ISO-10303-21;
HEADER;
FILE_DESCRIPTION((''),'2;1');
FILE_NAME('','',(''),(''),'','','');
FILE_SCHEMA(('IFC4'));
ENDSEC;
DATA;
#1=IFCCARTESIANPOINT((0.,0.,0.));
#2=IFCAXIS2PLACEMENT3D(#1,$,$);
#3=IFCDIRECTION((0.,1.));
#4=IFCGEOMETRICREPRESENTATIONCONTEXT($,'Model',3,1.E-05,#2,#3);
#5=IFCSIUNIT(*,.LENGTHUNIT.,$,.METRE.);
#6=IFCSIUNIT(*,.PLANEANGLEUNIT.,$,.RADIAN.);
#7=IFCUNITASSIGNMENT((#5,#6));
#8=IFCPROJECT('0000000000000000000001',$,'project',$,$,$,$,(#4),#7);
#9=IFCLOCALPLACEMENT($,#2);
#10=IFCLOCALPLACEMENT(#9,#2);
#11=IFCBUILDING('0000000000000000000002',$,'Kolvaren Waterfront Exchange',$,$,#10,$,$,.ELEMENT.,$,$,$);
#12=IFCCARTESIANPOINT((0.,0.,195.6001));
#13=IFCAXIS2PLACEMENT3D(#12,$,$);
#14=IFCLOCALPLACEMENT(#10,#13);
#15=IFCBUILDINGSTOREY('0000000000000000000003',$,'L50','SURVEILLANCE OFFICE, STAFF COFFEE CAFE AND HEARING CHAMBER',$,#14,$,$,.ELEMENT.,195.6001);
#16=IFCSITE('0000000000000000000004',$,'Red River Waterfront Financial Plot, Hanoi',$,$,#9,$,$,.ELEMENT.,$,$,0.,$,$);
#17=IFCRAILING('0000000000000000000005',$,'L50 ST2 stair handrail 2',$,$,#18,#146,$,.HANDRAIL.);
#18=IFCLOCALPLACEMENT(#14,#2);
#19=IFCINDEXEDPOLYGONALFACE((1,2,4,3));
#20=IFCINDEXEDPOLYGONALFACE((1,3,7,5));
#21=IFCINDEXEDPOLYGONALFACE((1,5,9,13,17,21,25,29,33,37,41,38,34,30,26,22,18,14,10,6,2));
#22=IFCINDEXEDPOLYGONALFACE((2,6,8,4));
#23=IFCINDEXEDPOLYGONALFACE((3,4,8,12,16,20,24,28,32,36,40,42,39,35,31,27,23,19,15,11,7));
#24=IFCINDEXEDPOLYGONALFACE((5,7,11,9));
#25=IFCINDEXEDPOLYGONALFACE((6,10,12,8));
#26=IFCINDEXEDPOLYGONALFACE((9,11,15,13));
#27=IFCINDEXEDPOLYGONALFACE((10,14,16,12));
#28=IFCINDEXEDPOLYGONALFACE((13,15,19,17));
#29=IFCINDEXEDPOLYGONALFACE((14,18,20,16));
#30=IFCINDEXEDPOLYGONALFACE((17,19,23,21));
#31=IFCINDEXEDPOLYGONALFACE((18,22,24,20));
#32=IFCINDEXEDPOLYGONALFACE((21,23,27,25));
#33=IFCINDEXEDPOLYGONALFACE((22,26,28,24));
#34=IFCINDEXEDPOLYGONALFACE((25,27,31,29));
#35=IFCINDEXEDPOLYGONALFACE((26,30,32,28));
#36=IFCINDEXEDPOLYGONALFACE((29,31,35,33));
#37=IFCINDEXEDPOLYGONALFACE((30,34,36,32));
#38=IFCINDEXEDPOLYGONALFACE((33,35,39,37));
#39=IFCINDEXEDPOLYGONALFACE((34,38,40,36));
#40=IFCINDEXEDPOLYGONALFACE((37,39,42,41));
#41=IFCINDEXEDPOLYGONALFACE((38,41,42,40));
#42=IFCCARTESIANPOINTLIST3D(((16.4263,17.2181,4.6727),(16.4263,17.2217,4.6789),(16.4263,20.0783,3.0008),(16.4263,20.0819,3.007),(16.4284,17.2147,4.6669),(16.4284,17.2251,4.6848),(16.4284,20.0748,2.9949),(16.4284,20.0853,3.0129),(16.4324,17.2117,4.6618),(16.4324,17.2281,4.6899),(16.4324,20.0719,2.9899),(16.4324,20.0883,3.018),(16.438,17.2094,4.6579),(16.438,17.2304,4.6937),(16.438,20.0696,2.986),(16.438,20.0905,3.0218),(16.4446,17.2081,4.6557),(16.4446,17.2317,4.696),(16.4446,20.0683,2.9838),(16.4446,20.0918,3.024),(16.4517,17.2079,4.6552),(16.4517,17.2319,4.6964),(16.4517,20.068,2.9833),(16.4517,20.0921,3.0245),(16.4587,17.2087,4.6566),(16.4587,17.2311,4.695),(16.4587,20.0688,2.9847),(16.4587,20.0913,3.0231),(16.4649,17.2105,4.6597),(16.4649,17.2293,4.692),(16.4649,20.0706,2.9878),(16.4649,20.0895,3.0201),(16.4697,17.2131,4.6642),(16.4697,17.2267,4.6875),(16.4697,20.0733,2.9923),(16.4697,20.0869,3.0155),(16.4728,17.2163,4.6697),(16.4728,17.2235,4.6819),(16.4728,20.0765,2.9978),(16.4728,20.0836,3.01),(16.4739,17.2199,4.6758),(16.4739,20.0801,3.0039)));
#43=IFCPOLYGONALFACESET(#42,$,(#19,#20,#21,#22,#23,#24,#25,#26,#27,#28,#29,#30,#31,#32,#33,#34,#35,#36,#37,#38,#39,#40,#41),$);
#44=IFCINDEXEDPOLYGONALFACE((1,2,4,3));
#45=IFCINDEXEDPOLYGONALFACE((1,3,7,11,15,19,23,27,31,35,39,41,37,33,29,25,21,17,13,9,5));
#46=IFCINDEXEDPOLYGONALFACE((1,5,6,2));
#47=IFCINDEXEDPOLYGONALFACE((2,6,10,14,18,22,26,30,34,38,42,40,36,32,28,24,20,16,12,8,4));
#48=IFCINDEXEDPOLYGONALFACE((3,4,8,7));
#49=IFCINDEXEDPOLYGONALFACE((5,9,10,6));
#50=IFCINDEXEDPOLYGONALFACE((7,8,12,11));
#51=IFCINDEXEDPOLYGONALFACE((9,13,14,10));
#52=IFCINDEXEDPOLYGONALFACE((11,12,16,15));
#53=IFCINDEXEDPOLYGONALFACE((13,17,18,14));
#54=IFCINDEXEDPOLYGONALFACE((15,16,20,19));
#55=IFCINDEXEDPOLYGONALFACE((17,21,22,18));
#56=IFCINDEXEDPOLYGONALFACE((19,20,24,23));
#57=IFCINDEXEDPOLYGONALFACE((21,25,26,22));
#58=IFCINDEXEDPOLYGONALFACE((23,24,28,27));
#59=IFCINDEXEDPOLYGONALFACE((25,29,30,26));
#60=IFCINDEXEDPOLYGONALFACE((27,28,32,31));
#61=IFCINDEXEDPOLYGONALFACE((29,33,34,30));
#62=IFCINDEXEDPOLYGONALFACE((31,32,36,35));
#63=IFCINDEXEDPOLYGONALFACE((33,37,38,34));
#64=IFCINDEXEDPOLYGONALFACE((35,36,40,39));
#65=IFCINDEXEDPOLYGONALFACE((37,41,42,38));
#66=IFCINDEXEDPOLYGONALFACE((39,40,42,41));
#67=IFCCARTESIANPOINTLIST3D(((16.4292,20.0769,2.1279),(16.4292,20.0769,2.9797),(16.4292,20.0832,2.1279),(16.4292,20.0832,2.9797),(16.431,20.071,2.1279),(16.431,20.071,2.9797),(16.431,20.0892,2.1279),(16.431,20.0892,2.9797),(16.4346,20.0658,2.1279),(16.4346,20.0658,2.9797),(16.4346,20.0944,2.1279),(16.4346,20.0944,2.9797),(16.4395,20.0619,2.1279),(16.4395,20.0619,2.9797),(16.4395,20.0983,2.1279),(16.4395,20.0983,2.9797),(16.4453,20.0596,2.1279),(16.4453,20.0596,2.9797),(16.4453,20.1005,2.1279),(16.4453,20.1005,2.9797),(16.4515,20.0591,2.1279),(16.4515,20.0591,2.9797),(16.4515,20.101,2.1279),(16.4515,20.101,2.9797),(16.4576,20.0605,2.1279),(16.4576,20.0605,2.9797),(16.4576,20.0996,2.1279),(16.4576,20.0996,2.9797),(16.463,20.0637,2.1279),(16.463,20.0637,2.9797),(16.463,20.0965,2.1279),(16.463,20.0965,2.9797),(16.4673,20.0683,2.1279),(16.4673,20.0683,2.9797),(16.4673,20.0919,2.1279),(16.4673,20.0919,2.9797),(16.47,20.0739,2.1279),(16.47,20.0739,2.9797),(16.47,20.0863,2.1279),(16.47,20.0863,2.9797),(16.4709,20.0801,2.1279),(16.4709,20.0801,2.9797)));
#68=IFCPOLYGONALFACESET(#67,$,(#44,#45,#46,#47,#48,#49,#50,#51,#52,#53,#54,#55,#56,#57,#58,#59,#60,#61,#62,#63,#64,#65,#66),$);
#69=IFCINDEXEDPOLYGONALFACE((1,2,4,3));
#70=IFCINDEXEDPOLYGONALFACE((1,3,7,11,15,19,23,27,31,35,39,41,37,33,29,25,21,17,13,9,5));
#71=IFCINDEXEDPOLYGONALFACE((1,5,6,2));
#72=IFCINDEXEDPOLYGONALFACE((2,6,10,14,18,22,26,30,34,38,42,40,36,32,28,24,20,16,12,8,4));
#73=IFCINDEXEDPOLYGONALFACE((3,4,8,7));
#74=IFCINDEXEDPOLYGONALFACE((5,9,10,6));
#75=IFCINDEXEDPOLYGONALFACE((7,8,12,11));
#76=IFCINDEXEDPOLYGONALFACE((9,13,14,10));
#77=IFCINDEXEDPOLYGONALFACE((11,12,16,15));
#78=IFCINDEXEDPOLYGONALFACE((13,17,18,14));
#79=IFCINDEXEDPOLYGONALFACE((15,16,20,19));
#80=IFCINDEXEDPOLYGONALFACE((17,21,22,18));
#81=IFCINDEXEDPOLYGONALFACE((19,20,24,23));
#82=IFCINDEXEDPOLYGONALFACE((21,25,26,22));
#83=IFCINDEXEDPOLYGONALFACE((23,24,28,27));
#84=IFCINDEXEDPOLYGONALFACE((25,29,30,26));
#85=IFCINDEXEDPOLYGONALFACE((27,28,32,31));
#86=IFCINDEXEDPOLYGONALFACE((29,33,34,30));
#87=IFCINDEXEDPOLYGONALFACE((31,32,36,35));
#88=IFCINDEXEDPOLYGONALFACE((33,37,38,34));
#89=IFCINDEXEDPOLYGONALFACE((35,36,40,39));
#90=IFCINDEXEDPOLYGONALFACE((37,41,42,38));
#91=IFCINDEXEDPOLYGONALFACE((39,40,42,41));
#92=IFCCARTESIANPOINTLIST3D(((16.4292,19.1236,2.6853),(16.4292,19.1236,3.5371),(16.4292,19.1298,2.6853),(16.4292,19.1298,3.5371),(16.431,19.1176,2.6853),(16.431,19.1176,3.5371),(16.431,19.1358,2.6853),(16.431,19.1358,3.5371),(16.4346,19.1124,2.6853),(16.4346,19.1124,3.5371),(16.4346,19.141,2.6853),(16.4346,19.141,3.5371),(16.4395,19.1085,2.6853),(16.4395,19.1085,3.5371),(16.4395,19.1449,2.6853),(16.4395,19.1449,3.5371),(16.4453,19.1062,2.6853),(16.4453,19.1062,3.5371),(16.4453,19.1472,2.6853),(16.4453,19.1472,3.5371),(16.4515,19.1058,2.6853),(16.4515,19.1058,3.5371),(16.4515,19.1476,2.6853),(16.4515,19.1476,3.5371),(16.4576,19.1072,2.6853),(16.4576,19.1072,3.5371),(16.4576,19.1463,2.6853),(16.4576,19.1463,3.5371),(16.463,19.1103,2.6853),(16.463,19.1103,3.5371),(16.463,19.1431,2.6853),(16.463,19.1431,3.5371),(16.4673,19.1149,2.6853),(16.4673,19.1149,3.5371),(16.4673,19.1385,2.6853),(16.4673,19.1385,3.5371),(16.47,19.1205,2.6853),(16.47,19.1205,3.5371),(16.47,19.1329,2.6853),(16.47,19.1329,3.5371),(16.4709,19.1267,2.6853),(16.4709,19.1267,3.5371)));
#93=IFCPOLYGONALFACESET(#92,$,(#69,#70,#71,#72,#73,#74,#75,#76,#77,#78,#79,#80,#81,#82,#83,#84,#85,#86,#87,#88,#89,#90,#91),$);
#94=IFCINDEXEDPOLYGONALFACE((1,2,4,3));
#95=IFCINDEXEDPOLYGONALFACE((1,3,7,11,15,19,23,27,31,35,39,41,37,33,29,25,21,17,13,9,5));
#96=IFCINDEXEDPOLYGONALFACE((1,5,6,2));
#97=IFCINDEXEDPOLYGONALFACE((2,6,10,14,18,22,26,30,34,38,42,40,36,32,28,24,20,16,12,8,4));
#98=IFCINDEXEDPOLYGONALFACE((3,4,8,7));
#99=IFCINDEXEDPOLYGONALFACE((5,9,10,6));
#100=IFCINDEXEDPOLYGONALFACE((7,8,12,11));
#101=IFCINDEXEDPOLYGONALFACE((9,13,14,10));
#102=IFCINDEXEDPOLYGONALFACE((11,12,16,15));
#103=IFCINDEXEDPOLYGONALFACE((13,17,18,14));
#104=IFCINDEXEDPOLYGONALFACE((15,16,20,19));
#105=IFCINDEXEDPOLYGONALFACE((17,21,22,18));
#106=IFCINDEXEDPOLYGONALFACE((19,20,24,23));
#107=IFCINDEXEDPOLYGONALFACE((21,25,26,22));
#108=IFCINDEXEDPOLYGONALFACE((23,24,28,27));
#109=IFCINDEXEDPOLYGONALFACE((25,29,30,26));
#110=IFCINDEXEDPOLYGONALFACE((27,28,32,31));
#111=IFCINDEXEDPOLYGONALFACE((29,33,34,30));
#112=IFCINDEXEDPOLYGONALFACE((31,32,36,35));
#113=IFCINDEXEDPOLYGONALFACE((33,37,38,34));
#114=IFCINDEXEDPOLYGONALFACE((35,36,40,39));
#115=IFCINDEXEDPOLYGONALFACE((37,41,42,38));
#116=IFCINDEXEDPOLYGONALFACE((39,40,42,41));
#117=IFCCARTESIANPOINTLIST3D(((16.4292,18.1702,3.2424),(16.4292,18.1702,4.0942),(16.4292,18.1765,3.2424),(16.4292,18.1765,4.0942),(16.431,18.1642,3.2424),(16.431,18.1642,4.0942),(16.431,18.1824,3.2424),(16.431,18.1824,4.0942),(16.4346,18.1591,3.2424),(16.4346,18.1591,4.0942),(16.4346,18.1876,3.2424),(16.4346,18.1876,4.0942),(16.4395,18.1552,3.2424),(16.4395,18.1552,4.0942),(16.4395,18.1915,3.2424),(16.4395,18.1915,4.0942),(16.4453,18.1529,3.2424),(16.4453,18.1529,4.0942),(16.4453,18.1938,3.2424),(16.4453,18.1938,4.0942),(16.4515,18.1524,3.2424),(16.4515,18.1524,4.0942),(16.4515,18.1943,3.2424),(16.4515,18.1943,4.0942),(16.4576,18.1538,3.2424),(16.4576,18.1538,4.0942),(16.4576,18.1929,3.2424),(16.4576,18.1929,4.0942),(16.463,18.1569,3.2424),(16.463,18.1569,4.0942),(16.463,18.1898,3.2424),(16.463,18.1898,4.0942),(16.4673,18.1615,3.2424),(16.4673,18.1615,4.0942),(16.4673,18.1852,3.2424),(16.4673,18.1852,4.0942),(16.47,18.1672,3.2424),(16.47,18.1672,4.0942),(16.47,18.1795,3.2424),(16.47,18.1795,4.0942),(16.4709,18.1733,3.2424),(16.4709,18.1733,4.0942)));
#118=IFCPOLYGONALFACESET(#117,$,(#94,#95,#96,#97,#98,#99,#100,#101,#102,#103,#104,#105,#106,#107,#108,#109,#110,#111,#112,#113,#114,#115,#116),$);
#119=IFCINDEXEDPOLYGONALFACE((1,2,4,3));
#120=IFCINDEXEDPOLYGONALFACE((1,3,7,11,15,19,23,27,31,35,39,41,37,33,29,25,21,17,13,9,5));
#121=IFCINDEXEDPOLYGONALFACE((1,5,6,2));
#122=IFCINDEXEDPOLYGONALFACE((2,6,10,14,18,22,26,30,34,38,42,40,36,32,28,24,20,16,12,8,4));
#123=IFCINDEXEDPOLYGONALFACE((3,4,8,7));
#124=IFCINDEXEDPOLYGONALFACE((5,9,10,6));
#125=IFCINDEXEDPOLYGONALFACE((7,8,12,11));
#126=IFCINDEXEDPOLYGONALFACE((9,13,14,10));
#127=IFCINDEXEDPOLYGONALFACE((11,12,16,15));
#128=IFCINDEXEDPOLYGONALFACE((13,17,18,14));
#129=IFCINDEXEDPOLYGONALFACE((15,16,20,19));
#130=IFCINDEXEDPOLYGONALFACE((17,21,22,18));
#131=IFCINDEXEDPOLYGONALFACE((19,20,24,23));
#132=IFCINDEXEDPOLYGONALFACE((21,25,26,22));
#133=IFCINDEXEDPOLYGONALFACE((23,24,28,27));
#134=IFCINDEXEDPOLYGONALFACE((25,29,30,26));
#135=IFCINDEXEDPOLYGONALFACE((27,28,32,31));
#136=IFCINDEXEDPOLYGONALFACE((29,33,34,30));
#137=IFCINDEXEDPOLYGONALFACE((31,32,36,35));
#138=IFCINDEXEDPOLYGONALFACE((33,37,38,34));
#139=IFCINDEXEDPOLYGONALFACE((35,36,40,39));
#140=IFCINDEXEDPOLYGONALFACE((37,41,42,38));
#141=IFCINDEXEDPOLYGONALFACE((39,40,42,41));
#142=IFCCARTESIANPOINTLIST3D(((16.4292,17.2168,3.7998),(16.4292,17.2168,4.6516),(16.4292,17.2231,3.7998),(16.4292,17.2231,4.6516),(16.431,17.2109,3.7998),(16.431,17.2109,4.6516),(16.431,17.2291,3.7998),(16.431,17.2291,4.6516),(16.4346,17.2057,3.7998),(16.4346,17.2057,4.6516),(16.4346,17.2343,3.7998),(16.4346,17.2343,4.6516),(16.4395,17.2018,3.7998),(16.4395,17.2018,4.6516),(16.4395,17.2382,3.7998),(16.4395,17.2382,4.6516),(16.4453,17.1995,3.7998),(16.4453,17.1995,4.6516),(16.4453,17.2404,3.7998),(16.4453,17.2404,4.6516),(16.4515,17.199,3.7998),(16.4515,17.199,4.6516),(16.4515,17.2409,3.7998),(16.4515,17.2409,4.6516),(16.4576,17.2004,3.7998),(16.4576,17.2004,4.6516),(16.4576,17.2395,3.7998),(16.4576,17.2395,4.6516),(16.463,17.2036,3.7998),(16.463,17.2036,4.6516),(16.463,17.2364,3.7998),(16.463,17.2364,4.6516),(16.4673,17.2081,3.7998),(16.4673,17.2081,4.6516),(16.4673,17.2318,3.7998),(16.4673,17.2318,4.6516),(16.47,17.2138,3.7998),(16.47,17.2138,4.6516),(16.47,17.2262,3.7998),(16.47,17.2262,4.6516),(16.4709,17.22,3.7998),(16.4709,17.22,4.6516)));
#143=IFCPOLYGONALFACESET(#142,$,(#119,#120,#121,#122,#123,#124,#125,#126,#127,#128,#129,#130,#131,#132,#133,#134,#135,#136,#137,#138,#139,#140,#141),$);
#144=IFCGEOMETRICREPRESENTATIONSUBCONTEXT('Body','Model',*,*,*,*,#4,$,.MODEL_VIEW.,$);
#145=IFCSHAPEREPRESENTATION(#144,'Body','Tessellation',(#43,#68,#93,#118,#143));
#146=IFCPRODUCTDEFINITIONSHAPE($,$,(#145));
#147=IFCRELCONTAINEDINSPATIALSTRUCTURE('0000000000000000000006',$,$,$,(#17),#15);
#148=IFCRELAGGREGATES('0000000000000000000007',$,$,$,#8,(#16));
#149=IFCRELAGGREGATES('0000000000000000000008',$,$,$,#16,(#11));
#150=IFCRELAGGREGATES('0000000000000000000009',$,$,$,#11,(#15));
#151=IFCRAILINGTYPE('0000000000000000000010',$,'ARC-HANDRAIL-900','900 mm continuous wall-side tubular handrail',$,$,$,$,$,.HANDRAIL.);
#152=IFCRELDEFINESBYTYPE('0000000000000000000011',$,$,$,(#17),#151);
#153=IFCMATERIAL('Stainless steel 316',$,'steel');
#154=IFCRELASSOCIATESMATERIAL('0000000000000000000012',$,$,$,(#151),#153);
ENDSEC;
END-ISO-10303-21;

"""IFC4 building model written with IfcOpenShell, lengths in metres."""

from ifc_helpers import new_model, si_unit, direction, frame, origin, origin_2d, place, context, subcontext, project, spatial, circle, extrude, material, type_object, element, save


model = new_model("IFC4")

# Units and contexts
model_context = context("Model", 3, precision=1e-05, world=origin(), true_north=direction((0.0, 1.0)))
body_context = subcontext(model_context, "Body", "Model", "MODEL_VIEW")
ifc_project = project(units=[si_unit("LENGTHUNIT", "METRE"), si_unit("PLANEANGLEUNIT", "RADIAN")], contexts=[model_context])

# Site, building, storey
site_placement = place(None, origin())
site = spatial("IfcSite", under=ifc_project, at=site_placement, Name="Red River Waterfront Financial Plot, Hanoi", CompositionType="ELEMENT", RefElevation=0.0)
building_placement = place(site_placement, origin())
building = spatial("IfcBuilding", under=site, at=building_placement, Name="Kolvaren Waterfront Exchange", CompositionType="ELEMENT")
storey_placement = place(building_placement, frame((0.0, 0.0, 195.6001)))
storey = spatial("IfcBuildingStorey", under=building, at=storey_placement, Name="L50", Description="SURVEILLANCE OFFICE, STAFF COFFEE CAFE AND HEARING CHAMBER", CompositionType="ELEMENT", Elevation=195.6001)

# Railing
ifc_material_1 = material(Name="Stainless steel 316", Category="steel")
railing_type_1 = type_object("IfcRailingType", Name="ARC-HANDRAIL-900", Description="900 mm continuous wall-side tubular handrail", PredefinedType="HANDRAIL", material=ifc_material_1)
railing_1_placement = place(storey_placement, frame((16.45, 20.0801, 2.1279)))
element("IfcRailing", 1, at=railing_1_placement, inside=storey, type_object=railing_type_1, Name="L50 ST2 stair handrail 2", PredefinedType="HANDRAIL", context=body_context, shape_type="SweptSolid", body=[
    extrude(circle(Radius=0.0239, at=origin_2d()), frame((0.0, 0.0, 0.876), z_axis=(0.0, -0.863321, 0.504654), x_axis=(1.0, 0.0, 0.0)), (0.0, 0.0, 1.0), 3.313),
    extrude(circle(Radius=0.021, at=origin_2d()), origin(), (0.0, 0.0, 1.0), 0.8518),
    extrude(circle(Radius=0.021, at=origin_2d()), frame((0.0, -0.9534, 0.5574)), (0.0, 0.0, 1.0), 0.8518),
    extrude(circle(Radius=0.021, at=origin_2d()), frame((0.0, -1.9067, 1.1145)), (0.0, 0.0, 1.0), 0.8518),
    extrude(circle(Radius=0.021, at=origin_2d()), frame((0.0, -2.8601, 1.6719)), (0.0, 0.0, 1.0), 0.8518),
])

save(model, "model.ifc")
